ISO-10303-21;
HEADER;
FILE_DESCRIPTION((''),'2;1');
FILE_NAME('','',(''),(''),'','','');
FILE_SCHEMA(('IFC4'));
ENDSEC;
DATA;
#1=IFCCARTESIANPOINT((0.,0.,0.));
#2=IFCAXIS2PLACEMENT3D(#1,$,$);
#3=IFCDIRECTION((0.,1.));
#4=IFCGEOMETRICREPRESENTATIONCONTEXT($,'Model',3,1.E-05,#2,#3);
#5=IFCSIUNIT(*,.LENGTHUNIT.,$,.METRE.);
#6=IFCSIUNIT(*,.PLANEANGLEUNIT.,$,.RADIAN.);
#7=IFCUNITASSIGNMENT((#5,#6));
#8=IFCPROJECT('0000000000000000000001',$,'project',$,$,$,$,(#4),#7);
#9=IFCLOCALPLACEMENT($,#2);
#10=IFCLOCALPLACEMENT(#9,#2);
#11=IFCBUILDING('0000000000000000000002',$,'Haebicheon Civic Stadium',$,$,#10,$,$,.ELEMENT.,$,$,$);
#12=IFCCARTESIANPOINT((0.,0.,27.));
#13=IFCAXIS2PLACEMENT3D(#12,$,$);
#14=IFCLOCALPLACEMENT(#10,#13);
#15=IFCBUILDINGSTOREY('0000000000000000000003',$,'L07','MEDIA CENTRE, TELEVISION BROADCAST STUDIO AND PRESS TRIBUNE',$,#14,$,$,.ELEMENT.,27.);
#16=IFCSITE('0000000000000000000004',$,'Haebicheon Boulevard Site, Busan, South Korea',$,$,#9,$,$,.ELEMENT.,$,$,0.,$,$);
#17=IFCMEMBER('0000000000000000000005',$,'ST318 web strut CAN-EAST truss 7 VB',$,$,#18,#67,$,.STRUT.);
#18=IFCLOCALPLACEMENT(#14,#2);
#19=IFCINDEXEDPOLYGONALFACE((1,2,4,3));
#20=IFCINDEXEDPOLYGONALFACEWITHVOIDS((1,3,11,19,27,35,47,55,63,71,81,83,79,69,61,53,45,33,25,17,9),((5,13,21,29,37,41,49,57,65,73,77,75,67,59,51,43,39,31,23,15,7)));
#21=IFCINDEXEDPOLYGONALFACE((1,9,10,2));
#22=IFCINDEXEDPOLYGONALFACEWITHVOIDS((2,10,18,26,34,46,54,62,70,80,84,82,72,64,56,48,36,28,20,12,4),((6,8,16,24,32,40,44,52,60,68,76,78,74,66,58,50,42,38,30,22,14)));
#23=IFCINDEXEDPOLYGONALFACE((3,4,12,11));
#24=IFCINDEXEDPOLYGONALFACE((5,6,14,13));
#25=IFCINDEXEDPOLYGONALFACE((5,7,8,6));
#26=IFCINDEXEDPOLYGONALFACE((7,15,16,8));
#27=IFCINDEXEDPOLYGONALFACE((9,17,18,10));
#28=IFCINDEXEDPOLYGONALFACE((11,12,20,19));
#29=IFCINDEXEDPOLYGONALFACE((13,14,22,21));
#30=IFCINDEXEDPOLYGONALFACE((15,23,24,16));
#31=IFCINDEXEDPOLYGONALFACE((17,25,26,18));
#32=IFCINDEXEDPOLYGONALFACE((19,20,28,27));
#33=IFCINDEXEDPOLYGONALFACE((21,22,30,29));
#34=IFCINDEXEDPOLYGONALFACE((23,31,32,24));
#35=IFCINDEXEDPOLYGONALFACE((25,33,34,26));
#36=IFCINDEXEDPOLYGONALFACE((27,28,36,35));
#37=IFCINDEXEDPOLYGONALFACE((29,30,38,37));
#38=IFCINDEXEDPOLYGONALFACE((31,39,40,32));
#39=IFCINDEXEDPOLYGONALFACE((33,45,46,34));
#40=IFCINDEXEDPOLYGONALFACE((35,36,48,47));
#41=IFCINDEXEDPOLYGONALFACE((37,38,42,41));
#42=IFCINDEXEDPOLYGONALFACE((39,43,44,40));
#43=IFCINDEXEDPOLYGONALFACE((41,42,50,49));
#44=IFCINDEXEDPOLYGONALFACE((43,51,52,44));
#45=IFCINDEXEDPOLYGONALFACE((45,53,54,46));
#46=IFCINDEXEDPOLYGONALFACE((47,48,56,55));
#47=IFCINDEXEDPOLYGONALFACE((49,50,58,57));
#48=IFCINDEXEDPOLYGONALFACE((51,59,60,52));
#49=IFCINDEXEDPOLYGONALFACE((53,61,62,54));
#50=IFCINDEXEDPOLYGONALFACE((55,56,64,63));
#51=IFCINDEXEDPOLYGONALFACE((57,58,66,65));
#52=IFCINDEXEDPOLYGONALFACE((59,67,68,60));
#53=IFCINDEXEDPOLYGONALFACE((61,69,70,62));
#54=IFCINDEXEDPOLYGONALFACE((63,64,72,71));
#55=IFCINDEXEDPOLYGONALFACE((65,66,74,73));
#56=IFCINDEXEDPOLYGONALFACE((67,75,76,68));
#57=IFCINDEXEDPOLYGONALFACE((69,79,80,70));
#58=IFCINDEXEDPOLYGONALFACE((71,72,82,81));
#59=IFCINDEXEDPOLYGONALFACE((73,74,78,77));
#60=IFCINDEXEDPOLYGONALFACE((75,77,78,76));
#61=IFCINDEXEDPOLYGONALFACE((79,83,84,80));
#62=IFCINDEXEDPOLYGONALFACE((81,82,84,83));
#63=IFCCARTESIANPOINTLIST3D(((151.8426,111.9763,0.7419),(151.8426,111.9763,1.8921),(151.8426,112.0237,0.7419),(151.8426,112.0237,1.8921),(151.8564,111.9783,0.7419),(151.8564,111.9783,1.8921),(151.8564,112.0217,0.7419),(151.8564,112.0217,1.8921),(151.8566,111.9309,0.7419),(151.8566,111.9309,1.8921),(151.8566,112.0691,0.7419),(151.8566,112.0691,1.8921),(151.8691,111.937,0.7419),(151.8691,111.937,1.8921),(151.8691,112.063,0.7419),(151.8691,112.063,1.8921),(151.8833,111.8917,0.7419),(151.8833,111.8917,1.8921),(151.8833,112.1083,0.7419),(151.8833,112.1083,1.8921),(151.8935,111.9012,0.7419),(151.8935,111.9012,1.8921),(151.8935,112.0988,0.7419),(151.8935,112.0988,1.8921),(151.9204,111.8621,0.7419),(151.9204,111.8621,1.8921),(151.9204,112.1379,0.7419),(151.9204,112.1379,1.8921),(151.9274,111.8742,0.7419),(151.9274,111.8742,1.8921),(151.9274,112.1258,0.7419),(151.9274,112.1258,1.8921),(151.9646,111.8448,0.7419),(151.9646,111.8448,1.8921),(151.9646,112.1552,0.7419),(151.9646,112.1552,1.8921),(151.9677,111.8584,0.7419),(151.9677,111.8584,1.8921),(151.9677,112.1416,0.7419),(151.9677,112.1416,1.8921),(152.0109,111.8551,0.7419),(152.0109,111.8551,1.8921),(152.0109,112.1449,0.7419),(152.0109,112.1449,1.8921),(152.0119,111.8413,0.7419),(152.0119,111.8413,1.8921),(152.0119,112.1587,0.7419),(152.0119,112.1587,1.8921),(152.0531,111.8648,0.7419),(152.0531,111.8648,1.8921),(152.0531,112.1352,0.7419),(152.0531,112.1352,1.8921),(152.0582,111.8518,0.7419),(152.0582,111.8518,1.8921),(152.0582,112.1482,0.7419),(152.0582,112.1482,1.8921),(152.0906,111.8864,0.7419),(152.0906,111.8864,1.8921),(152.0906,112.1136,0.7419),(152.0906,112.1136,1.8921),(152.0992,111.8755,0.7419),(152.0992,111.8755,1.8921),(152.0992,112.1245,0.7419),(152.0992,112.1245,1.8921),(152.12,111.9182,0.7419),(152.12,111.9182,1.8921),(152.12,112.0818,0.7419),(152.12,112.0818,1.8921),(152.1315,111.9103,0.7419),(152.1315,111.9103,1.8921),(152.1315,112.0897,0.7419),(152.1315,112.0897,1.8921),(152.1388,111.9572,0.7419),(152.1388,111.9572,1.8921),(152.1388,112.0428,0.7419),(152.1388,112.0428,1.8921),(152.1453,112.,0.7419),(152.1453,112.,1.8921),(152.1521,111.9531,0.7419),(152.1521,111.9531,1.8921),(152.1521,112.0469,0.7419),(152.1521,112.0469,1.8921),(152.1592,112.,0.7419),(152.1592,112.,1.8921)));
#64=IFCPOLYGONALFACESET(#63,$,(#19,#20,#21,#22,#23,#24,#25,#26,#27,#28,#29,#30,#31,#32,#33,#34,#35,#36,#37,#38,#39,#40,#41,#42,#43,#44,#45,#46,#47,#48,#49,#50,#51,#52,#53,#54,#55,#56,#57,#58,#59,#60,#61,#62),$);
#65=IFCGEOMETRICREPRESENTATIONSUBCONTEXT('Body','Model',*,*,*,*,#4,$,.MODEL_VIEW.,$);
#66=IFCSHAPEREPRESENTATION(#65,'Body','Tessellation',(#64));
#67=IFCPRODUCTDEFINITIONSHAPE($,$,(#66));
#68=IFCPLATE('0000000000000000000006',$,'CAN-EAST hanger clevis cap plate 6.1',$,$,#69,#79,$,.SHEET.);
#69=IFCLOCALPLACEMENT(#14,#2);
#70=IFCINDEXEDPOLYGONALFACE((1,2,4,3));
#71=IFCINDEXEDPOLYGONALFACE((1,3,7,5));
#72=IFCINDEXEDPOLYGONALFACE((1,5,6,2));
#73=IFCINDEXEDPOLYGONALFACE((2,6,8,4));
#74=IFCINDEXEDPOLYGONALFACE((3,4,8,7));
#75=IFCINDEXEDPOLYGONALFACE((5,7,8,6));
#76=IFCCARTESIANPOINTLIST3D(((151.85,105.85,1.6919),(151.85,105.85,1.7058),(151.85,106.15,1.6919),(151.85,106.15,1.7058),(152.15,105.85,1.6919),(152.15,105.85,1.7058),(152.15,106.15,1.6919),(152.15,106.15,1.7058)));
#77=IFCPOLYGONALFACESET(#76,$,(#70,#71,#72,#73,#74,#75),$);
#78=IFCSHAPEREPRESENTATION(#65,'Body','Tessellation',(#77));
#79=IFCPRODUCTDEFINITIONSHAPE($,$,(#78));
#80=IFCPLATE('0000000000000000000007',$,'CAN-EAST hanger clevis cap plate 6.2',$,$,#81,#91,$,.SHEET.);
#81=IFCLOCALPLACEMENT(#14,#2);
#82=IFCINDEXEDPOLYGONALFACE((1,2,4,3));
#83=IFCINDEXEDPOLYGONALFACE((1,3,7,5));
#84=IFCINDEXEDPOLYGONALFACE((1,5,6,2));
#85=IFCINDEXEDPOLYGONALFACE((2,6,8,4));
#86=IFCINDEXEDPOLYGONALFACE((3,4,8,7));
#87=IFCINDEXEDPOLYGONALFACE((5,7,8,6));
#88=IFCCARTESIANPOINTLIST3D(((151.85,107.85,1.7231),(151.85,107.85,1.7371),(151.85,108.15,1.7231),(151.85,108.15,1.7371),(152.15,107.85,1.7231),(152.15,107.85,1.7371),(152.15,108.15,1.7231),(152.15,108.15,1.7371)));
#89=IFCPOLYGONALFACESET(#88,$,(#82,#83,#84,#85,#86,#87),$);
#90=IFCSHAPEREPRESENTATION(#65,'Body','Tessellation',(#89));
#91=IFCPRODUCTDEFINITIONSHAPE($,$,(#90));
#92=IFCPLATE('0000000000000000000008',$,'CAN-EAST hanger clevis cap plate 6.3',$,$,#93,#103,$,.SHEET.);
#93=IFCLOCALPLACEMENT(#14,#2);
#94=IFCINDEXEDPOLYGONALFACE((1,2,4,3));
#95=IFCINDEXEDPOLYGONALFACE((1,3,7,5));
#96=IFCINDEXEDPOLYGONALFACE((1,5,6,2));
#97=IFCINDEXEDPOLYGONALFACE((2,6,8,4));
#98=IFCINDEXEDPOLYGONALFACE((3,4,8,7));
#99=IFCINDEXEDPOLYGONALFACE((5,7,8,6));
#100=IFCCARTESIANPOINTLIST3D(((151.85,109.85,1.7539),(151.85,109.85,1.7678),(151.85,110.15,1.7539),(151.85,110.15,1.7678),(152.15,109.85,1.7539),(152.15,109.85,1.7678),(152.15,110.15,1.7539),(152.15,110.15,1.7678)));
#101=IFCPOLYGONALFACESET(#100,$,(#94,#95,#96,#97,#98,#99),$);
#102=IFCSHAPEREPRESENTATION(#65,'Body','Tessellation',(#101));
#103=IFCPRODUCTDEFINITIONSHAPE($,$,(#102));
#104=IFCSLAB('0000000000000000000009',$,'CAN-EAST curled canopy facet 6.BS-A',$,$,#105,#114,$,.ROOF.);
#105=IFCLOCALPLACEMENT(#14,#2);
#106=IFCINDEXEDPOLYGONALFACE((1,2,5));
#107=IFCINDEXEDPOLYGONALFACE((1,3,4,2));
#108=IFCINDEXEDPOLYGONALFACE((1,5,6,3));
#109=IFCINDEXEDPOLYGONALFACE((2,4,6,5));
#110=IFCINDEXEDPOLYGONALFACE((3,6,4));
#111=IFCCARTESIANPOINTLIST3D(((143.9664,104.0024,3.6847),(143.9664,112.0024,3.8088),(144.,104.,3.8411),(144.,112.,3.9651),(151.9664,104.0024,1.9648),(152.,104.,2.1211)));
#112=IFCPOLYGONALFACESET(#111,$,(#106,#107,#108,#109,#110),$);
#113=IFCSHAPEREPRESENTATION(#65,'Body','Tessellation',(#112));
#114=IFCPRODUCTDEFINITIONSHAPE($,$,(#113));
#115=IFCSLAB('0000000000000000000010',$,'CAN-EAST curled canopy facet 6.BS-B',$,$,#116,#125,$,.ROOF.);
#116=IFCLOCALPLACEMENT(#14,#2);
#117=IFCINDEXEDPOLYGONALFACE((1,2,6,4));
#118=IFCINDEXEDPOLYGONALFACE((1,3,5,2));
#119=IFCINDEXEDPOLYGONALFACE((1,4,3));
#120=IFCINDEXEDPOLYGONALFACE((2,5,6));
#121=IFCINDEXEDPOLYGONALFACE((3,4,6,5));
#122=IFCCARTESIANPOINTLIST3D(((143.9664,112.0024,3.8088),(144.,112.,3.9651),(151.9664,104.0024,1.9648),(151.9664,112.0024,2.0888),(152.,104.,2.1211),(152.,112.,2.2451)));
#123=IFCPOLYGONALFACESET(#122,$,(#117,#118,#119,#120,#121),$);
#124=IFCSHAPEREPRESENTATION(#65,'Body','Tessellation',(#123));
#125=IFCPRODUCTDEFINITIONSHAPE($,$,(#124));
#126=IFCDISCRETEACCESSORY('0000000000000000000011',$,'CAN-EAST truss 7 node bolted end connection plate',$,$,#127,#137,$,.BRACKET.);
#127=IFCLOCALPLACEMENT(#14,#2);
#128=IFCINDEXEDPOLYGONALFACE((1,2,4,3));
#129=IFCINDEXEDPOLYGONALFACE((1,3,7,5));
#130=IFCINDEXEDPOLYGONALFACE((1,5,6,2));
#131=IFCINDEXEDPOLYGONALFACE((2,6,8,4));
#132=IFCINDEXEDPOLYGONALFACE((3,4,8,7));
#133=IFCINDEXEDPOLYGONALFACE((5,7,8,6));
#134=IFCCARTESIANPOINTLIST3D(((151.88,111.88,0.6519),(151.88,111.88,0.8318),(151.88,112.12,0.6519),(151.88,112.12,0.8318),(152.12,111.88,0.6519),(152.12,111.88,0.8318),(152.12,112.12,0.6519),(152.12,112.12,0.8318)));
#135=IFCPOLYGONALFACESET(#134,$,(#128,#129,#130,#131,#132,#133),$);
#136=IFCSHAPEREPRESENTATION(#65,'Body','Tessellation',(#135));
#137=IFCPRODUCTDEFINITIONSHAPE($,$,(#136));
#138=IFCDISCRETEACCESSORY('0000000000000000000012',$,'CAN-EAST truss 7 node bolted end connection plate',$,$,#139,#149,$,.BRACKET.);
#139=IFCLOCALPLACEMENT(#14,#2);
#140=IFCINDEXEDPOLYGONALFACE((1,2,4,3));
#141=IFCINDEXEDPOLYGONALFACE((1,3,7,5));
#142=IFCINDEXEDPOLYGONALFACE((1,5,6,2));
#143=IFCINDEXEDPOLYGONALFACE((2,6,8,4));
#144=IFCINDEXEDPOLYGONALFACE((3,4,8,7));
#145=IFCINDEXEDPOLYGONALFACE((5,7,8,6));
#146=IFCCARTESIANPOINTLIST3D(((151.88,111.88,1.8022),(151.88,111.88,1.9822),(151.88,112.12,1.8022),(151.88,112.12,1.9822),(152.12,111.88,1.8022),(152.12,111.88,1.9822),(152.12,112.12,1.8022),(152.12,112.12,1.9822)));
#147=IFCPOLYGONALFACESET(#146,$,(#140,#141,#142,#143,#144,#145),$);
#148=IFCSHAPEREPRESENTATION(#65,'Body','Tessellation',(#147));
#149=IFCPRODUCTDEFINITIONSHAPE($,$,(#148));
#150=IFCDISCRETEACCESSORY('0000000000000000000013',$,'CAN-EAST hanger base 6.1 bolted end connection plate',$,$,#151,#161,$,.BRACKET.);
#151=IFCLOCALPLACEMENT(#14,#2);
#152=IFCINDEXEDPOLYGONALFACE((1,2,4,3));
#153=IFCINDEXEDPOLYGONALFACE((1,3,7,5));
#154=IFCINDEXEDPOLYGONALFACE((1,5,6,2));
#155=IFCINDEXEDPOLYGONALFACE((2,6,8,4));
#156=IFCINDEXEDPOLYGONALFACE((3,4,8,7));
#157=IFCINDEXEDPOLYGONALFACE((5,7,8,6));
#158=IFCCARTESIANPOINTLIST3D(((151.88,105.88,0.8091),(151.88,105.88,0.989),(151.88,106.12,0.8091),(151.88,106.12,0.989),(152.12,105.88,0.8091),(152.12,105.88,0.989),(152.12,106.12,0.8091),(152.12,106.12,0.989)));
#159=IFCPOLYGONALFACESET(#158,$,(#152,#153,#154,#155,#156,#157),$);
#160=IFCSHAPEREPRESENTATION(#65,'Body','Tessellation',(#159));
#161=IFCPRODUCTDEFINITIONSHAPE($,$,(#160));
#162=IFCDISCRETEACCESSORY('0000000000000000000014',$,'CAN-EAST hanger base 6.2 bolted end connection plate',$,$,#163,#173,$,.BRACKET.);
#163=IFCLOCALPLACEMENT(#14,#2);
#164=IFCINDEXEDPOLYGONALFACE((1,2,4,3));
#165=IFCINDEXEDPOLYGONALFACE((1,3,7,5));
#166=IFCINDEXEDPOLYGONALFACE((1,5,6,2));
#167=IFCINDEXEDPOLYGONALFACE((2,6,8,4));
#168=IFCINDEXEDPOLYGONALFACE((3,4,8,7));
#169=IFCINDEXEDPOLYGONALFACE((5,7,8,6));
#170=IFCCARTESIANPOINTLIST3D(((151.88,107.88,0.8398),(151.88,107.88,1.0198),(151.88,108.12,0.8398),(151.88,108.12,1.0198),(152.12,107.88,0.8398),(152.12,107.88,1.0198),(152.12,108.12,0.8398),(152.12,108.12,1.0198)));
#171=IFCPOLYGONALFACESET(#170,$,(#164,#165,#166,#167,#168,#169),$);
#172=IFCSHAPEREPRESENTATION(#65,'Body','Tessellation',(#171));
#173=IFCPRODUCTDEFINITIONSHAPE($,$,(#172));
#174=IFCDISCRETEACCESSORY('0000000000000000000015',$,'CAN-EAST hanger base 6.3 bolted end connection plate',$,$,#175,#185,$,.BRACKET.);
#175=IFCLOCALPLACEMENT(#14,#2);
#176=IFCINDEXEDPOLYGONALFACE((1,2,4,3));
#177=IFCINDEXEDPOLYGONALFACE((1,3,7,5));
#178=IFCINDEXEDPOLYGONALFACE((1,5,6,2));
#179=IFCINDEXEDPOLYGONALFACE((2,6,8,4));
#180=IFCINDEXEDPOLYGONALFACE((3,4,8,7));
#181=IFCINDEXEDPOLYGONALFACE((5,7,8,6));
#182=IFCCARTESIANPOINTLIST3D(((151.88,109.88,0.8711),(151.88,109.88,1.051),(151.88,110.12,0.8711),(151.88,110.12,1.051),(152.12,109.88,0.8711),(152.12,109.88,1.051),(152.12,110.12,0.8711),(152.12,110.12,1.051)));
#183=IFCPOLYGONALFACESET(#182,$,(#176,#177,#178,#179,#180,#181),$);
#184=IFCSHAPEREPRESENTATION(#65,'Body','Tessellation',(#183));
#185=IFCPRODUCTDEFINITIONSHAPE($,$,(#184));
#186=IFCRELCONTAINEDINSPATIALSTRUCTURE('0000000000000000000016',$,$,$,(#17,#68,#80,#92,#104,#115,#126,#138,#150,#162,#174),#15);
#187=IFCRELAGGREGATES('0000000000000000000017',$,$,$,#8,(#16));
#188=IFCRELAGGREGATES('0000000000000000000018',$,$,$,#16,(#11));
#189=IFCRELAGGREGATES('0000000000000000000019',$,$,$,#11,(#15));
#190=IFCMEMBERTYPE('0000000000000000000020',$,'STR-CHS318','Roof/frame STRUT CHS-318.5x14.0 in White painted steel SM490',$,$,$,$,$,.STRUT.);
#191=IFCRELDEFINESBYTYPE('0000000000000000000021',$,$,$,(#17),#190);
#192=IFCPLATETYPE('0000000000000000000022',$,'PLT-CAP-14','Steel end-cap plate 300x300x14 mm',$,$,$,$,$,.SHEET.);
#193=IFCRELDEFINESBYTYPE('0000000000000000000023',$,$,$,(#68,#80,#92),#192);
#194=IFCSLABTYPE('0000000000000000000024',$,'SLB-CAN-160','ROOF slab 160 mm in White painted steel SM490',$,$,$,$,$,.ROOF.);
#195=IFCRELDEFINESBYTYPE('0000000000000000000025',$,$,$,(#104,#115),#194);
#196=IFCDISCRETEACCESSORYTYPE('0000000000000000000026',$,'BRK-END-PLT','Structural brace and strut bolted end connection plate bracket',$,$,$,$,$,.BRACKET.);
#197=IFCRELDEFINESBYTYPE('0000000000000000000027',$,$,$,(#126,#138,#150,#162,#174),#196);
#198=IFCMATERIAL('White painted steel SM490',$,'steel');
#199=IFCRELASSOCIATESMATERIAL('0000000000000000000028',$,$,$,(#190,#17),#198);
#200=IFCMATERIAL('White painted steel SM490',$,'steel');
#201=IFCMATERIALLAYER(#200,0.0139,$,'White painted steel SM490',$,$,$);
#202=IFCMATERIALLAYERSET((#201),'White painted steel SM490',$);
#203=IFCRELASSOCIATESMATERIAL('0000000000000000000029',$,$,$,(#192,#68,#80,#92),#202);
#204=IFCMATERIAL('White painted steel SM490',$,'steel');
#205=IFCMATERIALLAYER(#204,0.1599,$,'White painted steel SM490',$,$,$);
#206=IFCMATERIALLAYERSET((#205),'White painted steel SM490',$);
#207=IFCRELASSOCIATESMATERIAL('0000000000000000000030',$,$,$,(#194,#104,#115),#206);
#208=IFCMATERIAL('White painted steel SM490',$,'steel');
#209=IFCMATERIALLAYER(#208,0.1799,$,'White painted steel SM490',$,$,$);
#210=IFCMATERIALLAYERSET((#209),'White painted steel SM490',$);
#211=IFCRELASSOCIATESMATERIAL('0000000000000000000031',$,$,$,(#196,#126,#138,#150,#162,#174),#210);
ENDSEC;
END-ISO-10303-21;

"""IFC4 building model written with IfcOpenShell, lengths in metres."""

from ifc_helpers import new_model, si_unit, direction, frame, origin, origin_2d, place, context, subcontext, project, spatial, polyline, rectangle, hollow_circle, outline, extrude, material, layer, layer_set, material_profile, profile_set, type_object, element, save


model = new_model("IFC4")

# Units and contexts
model_context = context("Model", 3, precision=1e-05, world=origin(), true_north=direction((0.0, 1.0)))
body_context = subcontext(model_context, "Body", "Model", "MODEL_VIEW")
ifc_project = project(units=[si_unit("LENGTHUNIT", "METRE"), si_unit("PLANEANGLEUNIT", "RADIAN")], contexts=[model_context])

# Site, building, storey
site_placement = place(None, origin())
site = spatial("IfcSite", under=ifc_project, at=site_placement, Name="Haebicheon Boulevard Site, Busan, South Korea", CompositionType="ELEMENT", RefElevation=0.0)
building_placement = place(site_placement, origin())
building = spatial("IfcBuilding", under=site, at=building_placement, Name="Haebicheon Civic Stadium", CompositionType="ELEMENT")
storey_placement = place(building_placement, frame((0.0, 0.0, 27.0)))
storey = spatial("IfcBuildingStorey", under=building, at=storey_placement, Name="L07", Description="MEDIA CENTRE, TELEVISION BROADCAST STUDIO AND PRESS TRIBUNE", CompositionType="ELEMENT", Elevation=27.0)

# Member
ifc_material_1 = material(Name="White painted steel SM490", Category="steel")
ifc_material_profile_1 = material_profile(ifc_material_1, hollow_circle(Radius=0.1592, WallThickness=0.0139, at=origin_2d()), Name="CHS-318.5x14.0")
ifc_profile_set_1 = profile_set([ifc_material_profile_1], Name="White painted steel SM490")
member_type_1 = type_object("IfcMemberType", Name="STR-CHS318", Description="Roof/frame STRUT CHS-318.5x14.0 in White painted steel SM490", PredefinedType="STRUT", material=ifc_profile_set_1)
member_1_placement = place(storey_placement, frame((152.0, 112.0, 0.7419), z_axis=(0.0, 0.0, 1.0), x_axis=(1.0, 0.0, 0.0)))
element("IfcMember", 1, at=member_1_placement, inside=storey, type_object=member_type_1, material=ifc_profile_set_1, Name="ST318 web strut CAN-EAST truss 7 VB", PredefinedType="STRUT", context=body_context, shape_type="SweptSolid", body=[
    extrude(hollow_circle(Radius=0.1592, WallThickness=0.0139, at=origin_2d()), origin(), (0.0, 0.0, 1.0), 1.1501),
])

# Plates
ifc_material_2 = material(Name="White painted steel SM490", Category="steel")
ifc_layer_1 = layer(ifc_material_2, 0.0139, Name="White painted steel SM490")
ifc_layer_set_1 = layer_set([ifc_layer_1], Name="White painted steel SM490")
plate_type = type_object("IfcPlateType", Name="PLT-CAP-14", Description="Steel end-cap plate 300x300x14 mm", PredefinedType="SHEET", material=ifc_layer_set_1)
for number, where, z_axis, x_axis, name in (
    (2, (152.0, 106.0, 1.6919), (0.0, 0.0, 1.0), (1.0, 0.0, 0.0), "CAN-EAST hanger clevis cap plate 6.1"),
    (3, (152.0, 108.0, 1.7231), (0.0, 0.0, 1.0), (1.0, 0.0, 0.0), "CAN-EAST hanger clevis cap plate 6.2"),
    (4, (152.0, 110.0, 1.7539), (0.0, 0.0, 1.0), (1.0, 0.0, 0.0), "CAN-EAST hanger clevis cap plate 6.3"),
):
    element("IfcPlate", number, at=place(storey_placement, frame(where, z_axis=z_axis, x_axis=x_axis)), inside=storey, type_object=plate_type, material=ifc_layer_set_1, Name=name, PredefinedType="SHEET", context=body_context, shape_type="SweptSolid", body=[
        extrude(rectangle(XDim=0.3, YDim=0.3, at=origin_2d()), origin(), (0.0, 0.0, 1.0), 0.0139),
    ])

# Slabs
ifc_material_3 = material(Name="White painted steel SM490", Category="steel")
ifc_layer_2 = layer(ifc_material_3, 0.1599, Name="White painted steel SM490")
ifc_layer_set_2 = layer_set([ifc_layer_2], Name="White painted steel SM490")
slab_type = type_object("IfcSlabType", Name="SLB-CAN-160", Description="ROOF slab 160 mm in White painted steel SM490", PredefinedType="ROOF", material=ifc_layer_set_2)
slab_1_placement = place(storey_placement, frame((152.0, 104.0, 2.1211), z_axis=(0.210169, -0.015155, 0.977548), x_axis=(-0.97766, 0.0, 0.210193)))
element("IfcSlab", 5, at=slab_1_placement, inside=storey, type_object=slab_type, material=ifc_layer_set_2, Name="CAN-EAST curled canopy facet 6.BS-A", PredefinedType="ROOF", context=body_context, shape_type="SweptSolid", body=[
    extrude(outline(polyline([(0.0, 0.0), (8.1828, 0.0), (8.2089, -8.0009), (0.0, 0.0)])), origin(), (0.0, 0.0, -1.0), 0.1599),
])
slab_2_placement = place(storey_placement, frame((152.0, 104.0, 2.1211), z_axis=(0.210169, -0.015155, 0.977548), x_axis=(-0.697898, 0.697898, 0.160865)))
element("IfcSlab", 6, at=slab_2_placement, inside=storey, type_object=slab_type, material=ifc_layer_set_2, Name="CAN-EAST curled canopy facet 6.BS-B", PredefinedType="ROOF", context=body_context, shape_type="SweptSolid", body=[
    extrude(outline(polyline([(0.0, 0.0), (11.463, 0.0), (5.6031, -5.7114), (0.0, 0.0)])), origin(), (0.0, 0.0, -1.0), 0.1599),
])

# Discrete accessories
ifc_material_4 = material(Name="White painted steel SM490", Category="steel")
ifc_layer_3 = layer(ifc_material_4, 0.1799, Name="White painted steel SM490")
ifc_layer_set_3 = layer_set([ifc_layer_3], Name="White painted steel SM490")
discrete_accessory_type = type_object("IfcDiscreteAccessoryType", Name="BRK-END-PLT", Description="Structural brace and strut bolted end connection plate bracket", PredefinedType="BRACKET", material=ifc_layer_set_3)
for number, where, z_axis, x_axis, name in (
    (7, (152.0, 112.0, 0.6519), (0.0, 0.0, 1.0), (1.0, 0.0, 0.0), "CAN-EAST truss 7 node bolted end connection plate"),
    (8, (152.0, 112.0, 1.8022), (0.0, 0.0, 1.0), (1.0, 0.0, 0.0), "CAN-EAST truss 7 node bolted end connection plate"),
    (9, (152.0, 106.0, 0.8091), (0.0, 0.0, 1.0), (1.0, 0.0, 0.0), "CAN-EAST hanger base 6.1 bolted end connection plate"),
    (10, (152.0, 108.0, 0.8398), (0.0, 0.0, 1.0), (1.0, 0.0, 0.0), "CAN-EAST hanger base 6.2 bolted end connection plate"),
    (11, (152.0, 110.0, 0.8711), (0.0, 0.0, 1.0), (1.0, 0.0, 0.0), "CAN-EAST hanger base 6.3 bolted end connection plate"),
):
    element("IfcDiscreteAccessory", number, at=place(storey_placement, frame(where, z_axis=z_axis, x_axis=x_axis)), inside=storey, type_object=discrete_accessory_type, material=ifc_layer_set_3, Name=name, PredefinedType="BRACKET", context=body_context, shape_type="SweptSolid", body=[
        extrude(rectangle(XDim=0.24, YDim=0.24, at=origin_2d()), origin(), (0.0, 0.0, 1.0), 0.1799),
    ])

save(model, "model.ifc")
